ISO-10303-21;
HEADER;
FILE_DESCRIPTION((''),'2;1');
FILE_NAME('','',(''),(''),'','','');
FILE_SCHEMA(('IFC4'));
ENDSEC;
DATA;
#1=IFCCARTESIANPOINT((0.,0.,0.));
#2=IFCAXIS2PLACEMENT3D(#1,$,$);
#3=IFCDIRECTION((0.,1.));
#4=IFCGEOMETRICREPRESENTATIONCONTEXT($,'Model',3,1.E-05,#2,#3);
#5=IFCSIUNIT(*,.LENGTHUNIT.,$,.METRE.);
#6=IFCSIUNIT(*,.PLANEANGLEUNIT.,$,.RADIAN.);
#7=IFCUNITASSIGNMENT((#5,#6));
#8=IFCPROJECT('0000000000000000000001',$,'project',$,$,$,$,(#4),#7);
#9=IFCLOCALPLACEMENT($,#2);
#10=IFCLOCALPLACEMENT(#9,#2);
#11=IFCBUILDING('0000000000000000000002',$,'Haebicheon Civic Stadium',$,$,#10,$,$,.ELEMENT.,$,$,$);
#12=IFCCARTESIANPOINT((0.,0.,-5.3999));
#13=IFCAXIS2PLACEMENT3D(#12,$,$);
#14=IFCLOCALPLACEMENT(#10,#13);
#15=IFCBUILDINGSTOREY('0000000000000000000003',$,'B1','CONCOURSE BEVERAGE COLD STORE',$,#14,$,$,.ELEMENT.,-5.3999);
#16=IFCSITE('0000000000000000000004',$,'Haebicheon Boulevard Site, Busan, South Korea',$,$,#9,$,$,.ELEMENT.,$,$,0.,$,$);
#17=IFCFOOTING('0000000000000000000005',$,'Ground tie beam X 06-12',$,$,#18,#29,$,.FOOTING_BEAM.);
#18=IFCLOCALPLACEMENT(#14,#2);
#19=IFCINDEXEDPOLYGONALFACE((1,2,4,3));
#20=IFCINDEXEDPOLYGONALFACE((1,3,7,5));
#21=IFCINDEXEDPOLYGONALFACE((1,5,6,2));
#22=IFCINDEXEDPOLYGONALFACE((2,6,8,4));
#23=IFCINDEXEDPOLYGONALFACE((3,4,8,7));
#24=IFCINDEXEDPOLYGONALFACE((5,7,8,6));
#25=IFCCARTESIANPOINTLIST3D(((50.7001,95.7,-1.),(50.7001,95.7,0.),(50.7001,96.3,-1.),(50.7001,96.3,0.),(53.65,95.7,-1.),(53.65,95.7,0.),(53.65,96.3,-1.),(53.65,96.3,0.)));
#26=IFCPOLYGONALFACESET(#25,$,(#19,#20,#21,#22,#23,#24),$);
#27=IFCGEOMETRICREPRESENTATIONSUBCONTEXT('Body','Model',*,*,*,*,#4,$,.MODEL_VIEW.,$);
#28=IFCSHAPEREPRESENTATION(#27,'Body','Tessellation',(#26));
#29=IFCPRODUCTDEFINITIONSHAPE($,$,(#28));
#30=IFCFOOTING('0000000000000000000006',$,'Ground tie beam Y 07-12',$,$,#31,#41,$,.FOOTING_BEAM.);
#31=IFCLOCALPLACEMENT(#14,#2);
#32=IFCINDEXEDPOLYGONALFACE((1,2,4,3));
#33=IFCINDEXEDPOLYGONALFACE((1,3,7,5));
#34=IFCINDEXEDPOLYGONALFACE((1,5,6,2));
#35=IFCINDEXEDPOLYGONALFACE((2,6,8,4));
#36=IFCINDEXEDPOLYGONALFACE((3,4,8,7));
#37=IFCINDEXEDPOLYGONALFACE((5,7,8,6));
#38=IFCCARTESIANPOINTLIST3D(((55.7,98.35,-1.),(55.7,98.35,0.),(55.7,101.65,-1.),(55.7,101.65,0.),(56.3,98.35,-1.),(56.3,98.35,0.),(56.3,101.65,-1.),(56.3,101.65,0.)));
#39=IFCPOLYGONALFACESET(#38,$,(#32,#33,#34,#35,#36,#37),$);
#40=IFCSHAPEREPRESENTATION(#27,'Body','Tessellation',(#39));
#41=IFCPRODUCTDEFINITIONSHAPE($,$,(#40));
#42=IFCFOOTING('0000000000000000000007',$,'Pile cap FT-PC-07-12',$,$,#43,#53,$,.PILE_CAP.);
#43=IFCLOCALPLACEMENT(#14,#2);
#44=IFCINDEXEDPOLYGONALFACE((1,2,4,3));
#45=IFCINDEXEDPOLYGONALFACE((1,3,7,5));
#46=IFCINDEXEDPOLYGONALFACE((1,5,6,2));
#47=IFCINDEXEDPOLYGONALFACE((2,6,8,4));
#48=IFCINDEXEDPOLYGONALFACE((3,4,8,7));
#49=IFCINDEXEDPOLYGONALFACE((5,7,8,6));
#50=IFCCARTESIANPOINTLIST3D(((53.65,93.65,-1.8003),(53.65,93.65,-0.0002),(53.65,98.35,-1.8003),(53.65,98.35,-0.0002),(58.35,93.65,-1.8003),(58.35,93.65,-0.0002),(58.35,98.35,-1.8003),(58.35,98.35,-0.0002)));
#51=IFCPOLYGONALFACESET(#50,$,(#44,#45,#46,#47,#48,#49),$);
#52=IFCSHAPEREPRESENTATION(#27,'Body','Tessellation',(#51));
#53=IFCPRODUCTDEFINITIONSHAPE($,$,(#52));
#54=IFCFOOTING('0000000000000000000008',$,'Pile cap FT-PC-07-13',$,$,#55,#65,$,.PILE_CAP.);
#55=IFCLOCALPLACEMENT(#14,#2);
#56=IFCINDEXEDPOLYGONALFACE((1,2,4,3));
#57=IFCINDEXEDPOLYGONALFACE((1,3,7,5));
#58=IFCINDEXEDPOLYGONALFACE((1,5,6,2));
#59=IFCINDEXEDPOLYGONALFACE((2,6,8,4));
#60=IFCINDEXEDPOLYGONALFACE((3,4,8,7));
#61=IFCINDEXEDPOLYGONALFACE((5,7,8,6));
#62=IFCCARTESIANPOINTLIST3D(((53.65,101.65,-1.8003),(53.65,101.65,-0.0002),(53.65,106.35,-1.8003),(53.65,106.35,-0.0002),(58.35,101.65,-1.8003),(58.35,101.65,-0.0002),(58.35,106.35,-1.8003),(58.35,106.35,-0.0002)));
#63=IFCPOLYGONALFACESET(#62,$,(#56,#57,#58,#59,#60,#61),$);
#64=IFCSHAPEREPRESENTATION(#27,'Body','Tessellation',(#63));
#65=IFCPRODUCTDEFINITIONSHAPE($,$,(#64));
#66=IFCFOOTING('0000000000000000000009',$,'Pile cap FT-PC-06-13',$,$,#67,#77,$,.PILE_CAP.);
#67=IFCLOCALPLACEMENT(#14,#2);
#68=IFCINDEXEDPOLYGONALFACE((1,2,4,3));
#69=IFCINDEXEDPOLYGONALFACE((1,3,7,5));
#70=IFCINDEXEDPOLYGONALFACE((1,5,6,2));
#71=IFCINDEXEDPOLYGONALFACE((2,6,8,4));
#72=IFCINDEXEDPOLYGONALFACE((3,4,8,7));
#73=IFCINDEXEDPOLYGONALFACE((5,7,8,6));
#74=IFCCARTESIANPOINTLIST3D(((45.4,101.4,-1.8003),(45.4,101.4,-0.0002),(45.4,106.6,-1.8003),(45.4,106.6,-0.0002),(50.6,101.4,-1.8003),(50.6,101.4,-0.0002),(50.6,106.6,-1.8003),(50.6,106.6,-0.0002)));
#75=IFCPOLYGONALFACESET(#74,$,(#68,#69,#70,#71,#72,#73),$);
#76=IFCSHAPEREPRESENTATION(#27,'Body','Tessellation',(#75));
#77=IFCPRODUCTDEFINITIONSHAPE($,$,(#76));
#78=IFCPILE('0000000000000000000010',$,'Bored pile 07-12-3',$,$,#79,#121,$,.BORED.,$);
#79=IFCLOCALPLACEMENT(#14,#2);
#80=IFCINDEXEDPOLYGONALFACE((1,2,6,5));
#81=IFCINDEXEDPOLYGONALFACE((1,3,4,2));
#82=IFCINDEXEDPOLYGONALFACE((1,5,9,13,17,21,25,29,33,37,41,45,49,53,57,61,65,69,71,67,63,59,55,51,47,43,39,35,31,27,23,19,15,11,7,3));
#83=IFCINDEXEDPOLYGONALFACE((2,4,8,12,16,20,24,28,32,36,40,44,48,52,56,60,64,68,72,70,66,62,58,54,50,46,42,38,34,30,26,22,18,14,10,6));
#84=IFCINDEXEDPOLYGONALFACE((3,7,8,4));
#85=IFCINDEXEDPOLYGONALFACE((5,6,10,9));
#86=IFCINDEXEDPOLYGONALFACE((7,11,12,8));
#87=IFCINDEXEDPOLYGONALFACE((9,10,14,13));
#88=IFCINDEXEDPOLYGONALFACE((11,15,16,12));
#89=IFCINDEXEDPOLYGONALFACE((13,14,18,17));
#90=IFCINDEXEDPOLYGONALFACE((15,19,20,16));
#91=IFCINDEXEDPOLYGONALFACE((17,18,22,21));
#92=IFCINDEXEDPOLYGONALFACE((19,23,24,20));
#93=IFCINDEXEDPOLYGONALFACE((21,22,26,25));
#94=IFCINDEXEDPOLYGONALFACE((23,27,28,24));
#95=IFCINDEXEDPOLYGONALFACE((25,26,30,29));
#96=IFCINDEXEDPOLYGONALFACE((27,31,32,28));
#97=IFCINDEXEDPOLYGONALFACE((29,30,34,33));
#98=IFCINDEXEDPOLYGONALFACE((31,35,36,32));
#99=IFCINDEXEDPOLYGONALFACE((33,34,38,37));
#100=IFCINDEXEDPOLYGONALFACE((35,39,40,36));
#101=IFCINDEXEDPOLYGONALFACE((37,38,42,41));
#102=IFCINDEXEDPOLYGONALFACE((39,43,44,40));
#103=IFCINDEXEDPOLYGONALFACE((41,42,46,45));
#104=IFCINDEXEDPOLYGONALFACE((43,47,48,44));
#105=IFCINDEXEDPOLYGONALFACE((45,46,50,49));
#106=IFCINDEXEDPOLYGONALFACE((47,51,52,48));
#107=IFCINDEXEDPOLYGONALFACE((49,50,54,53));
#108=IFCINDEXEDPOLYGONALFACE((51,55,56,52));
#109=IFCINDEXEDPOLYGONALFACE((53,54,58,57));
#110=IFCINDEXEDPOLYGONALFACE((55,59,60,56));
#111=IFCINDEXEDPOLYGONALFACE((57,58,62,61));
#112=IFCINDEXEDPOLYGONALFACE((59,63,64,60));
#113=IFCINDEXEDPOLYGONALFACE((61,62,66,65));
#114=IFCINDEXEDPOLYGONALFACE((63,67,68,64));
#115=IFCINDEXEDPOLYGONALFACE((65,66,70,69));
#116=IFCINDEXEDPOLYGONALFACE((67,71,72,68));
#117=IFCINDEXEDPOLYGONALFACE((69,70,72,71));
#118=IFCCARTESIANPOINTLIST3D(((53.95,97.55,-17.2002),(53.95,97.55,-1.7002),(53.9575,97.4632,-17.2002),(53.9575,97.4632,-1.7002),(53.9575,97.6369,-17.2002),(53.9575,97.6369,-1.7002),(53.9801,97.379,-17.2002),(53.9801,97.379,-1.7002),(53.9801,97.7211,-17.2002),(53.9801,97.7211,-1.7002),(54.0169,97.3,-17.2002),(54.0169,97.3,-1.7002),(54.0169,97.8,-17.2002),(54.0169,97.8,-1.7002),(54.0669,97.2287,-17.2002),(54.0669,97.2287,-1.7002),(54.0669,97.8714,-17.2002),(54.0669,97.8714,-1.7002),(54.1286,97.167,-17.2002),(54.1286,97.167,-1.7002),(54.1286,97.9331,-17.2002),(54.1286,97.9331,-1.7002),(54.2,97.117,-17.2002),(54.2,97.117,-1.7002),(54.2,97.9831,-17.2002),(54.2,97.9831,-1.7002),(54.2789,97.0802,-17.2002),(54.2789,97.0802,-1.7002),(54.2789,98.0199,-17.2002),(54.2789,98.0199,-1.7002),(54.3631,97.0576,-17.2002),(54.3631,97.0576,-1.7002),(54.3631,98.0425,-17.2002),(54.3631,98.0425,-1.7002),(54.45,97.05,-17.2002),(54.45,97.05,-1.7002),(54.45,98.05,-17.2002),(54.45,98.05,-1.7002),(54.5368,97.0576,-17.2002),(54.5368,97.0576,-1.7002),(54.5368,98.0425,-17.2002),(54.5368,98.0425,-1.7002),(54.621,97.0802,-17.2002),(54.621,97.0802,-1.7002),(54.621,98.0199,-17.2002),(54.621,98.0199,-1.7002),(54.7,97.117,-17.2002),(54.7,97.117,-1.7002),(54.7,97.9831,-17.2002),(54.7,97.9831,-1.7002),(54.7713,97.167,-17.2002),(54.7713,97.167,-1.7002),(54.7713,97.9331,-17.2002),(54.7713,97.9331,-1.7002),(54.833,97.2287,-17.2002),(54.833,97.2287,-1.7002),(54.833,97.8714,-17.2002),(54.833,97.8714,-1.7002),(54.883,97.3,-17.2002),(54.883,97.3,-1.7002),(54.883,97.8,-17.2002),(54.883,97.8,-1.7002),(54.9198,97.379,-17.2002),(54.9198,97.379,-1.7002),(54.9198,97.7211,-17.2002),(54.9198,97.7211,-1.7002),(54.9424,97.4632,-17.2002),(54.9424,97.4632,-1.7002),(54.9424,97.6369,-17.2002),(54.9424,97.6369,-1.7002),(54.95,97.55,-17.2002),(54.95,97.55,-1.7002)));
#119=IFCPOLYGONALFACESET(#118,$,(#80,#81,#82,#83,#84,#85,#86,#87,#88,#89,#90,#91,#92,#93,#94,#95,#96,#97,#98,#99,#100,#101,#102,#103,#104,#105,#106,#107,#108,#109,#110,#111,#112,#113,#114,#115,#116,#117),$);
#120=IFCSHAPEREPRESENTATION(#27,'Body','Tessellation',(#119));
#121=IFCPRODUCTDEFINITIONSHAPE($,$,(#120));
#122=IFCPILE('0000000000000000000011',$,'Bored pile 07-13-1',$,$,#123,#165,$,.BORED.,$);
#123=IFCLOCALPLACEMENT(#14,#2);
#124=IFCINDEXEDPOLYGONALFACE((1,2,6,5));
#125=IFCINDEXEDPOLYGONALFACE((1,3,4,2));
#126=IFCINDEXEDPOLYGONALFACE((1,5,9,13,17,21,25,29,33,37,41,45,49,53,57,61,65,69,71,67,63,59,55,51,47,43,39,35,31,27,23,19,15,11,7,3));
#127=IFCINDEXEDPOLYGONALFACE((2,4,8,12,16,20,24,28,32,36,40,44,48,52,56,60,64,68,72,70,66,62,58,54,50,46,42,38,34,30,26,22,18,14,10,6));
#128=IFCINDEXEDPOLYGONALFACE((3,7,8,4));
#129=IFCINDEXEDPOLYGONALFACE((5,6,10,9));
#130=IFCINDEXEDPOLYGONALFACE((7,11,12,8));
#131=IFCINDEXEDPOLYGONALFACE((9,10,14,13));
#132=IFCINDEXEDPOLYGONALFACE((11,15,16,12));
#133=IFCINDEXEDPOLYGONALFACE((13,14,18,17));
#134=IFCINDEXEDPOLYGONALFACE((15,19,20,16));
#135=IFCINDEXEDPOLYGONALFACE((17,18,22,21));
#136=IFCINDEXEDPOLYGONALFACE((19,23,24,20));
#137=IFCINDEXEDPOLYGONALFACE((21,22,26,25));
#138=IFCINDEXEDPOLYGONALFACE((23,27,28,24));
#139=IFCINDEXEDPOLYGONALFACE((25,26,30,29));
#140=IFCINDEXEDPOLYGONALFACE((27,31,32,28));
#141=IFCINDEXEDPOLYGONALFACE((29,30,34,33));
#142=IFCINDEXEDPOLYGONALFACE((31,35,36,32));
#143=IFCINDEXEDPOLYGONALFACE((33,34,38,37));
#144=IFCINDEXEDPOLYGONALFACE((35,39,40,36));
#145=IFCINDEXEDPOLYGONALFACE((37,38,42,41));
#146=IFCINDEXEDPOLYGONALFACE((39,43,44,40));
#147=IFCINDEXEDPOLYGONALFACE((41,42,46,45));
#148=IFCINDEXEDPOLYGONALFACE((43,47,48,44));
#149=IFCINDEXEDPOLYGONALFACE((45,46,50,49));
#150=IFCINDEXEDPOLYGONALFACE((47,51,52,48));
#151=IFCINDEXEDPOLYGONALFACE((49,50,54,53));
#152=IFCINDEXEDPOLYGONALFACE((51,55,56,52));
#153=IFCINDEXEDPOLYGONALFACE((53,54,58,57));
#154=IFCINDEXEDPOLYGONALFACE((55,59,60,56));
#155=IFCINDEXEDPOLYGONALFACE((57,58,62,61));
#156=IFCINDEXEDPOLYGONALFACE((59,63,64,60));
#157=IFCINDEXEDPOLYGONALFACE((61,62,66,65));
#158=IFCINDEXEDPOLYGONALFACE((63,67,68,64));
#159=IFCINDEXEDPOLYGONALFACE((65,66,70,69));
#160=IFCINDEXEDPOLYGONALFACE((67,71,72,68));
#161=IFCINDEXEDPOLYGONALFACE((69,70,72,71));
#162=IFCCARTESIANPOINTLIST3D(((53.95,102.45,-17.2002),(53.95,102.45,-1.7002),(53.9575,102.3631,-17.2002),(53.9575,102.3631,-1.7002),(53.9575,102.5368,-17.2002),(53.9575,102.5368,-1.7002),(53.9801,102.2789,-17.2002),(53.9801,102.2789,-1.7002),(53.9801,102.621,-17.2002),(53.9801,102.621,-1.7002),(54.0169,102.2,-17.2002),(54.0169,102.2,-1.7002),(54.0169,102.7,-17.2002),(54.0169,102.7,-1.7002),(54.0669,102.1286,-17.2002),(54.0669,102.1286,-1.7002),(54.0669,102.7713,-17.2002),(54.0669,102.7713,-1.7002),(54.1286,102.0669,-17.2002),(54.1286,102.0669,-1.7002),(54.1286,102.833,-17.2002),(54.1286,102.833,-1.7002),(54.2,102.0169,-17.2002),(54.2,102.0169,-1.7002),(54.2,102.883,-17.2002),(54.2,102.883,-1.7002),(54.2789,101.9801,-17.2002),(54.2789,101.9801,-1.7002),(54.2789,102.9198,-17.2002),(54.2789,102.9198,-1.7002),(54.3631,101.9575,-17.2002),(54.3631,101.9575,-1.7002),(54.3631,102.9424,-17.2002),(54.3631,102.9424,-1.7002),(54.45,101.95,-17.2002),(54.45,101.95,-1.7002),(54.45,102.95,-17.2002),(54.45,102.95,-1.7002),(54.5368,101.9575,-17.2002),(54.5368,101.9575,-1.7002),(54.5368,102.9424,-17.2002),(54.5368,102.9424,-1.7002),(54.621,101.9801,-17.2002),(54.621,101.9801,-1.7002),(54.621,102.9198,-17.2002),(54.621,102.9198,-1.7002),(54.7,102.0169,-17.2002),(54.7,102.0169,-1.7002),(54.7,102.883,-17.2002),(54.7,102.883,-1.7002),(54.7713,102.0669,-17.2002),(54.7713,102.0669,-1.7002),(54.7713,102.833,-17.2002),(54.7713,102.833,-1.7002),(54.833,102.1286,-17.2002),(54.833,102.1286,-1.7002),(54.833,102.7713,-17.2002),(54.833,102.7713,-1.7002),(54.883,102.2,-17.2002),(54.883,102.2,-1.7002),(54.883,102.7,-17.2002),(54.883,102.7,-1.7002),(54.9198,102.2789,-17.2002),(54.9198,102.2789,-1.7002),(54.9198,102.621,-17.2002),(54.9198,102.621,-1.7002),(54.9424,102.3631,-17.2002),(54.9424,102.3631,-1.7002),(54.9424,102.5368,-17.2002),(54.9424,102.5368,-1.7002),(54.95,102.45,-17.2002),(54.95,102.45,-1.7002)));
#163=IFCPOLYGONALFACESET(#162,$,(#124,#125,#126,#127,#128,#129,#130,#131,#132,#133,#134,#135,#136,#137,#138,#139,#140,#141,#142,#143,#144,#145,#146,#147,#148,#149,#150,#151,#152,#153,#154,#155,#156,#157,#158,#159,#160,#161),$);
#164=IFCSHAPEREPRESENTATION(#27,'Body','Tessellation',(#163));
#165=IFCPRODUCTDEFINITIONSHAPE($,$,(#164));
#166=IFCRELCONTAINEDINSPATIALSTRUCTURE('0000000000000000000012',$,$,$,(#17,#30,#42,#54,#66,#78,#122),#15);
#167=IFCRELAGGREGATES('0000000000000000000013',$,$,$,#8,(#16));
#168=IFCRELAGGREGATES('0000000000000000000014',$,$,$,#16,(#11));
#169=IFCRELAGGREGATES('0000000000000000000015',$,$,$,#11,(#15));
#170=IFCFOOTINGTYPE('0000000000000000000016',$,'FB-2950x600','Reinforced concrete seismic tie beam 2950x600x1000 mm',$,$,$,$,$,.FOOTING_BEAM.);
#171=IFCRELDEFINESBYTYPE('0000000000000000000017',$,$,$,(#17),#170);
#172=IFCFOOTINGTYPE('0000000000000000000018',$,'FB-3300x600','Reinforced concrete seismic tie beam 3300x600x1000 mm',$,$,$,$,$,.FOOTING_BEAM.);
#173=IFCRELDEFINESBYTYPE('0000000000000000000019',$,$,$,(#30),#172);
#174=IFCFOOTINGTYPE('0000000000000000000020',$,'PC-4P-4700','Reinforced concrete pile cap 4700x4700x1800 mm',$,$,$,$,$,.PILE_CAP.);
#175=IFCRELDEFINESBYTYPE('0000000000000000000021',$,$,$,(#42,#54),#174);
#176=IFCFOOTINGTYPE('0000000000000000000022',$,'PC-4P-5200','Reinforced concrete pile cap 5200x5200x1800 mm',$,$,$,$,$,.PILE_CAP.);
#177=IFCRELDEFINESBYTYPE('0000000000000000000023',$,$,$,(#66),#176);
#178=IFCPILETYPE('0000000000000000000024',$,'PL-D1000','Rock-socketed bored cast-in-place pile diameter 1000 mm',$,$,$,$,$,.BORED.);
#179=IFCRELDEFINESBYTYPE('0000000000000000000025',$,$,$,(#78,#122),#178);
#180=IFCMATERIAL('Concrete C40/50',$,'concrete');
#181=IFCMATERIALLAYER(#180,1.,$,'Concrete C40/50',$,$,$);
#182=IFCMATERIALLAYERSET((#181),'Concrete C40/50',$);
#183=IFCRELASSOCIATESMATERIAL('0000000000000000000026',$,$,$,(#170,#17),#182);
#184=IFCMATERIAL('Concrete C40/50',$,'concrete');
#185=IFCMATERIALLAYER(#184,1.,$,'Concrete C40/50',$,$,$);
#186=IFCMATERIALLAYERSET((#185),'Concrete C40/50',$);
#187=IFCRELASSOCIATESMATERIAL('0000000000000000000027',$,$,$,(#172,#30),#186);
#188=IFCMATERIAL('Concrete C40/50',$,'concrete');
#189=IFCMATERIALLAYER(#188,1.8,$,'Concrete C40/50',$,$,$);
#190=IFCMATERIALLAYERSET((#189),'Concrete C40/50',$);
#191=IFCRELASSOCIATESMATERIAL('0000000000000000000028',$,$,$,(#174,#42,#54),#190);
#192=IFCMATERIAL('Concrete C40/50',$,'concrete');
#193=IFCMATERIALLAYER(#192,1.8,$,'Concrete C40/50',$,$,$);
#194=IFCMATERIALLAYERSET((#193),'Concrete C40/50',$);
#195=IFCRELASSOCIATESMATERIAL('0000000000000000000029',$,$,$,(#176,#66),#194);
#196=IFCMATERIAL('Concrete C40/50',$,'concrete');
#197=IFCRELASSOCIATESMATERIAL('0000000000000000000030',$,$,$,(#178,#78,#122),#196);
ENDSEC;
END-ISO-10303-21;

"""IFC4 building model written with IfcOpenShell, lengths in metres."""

from ifc_helpers import new_model, si_unit, direction, frame, origin, origin_2d, place, context, subcontext, project, spatial, rectangle, circle, extrude, material, layer, layer_set, material_profile, profile_set, type_object, element, save


model = new_model("IFC4")

# Units and contexts
model_context = context("Model", 3, precision=1e-05, world=origin(), true_north=direction((0.0, 1.0)))
body_context = subcontext(model_context, "Body", "Model", "MODEL_VIEW")
ifc_project = project(units=[si_unit("LENGTHUNIT", "METRE"), si_unit("PLANEANGLEUNIT", "RADIAN")], contexts=[model_context])

# Site, building, storey
site_placement = place(None, origin())
site = spatial("IfcSite", under=ifc_project, at=site_placement, Name="Haebicheon Boulevard Site, Busan, South Korea", CompositionType="ELEMENT", RefElevation=0.0)
building_placement = place(site_placement, origin())
building = spatial("IfcBuilding", under=site, at=building_placement, Name="Haebicheon Civic Stadium", CompositionType="ELEMENT")
storey_placement = place(building_placement, frame((0.0, 0.0, -5.3999)))
storey = spatial("IfcBuildingStorey", under=building, at=storey_placement, Name="B1", Description="CONCOURSE BEVERAGE COLD STORE", CompositionType="ELEMENT", Elevation=-5.3999)

# Footings
ifc_material_1 = material(Name="Concrete C40/50", Category="concrete")
ifc_layer_1 = layer(ifc_material_1, 1.0, Name="Concrete C40/50")
ifc_layer_set_1 = layer_set([ifc_layer_1], Name="Concrete C40/50")
footing_type_1 = type_object("IfcFootingType", Name="FB-2950x600", Description="Reinforced concrete seismic tie beam 2950x600x1000 mm", PredefinedType="FOOTING_BEAM", material=ifc_layer_set_1)
footing_1_placement = place(storey_placement, frame((52.175, 96.0, -1.0), z_axis=(0.0, 0.0, 1.0), x_axis=(1.0, 0.0, 0.0)))
element("IfcFooting", 1, at=footing_1_placement, inside=storey, type_object=footing_type_1, material=ifc_layer_set_1, Name="Ground tie beam X 06-12", PredefinedType="FOOTING_BEAM", context=body_context, shape_type="SweptSolid", body=[
    extrude(rectangle(XDim=2.95, YDim=0.6001, at=origin_2d()), origin(), (0.0, 0.0, 1.0), 1.0),
])
ifc_material_2 = material(Name="Concrete C40/50", Category="concrete")
ifc_layer_2 = layer(ifc_material_2, 1.0, Name="Concrete C40/50")
ifc_layer_set_2 = layer_set([ifc_layer_2], Name="Concrete C40/50")
footing_type_2 = type_object("IfcFootingType", Name="FB-3300x600", Description="Reinforced concrete seismic tie beam 3300x600x1000 mm", PredefinedType="FOOTING_BEAM", material=ifc_layer_set_2)
footing_2_placement = place(storey_placement, frame((56.0, 100.0, -1.0), z_axis=(0.0, 0.0, 1.0), x_axis=(0.0, 1.0, 0.0)))
element("IfcFooting", 2, at=footing_2_placement, inside=storey, type_object=footing_type_2, material=ifc_layer_set_2, Name="Ground tie beam Y 07-12", PredefinedType="FOOTING_BEAM", context=body_context, shape_type="SweptSolid", body=[
    extrude(rectangle(XDim=3.3, YDim=0.6001, at=origin_2d()), origin(), (0.0, 0.0, 1.0), 1.0),
])
ifc_material_3 = material(Name="Concrete C40/50", Category="concrete")
ifc_layer_3 = layer(ifc_material_3, 1.8, Name="Concrete C40/50")
ifc_layer_set_3 = layer_set([ifc_layer_3], Name="Concrete C40/50")
footing_type_3 = type_object("IfcFootingType", Name="PC-4P-4700", Description="Reinforced concrete pile cap 4700x4700x1800 mm", PredefinedType="PILE_CAP", material=ifc_layer_set_3)
for number, where, z_axis, x_axis, name in (
    (3, (56.0, 96.0, -1.8003), (0.0, 0.0, 1.0), (1.0, 0.0, 0.0), "Pile cap FT-PC-07-12"),
    (4, (56.0, 104.0, -1.8003), (0.0, 0.0, 1.0), (1.0, 0.0, 0.0), "Pile cap FT-PC-07-13"),
):
    element("IfcFooting", number, at=place(storey_placement, frame(where, z_axis=z_axis, x_axis=x_axis)), inside=storey, type_object=footing_type_3, material=ifc_layer_set_3, Name=name, PredefinedType="PILE_CAP", context=body_context, shape_type="SweptSolid", body=[
        extrude(rectangle(XDim=4.7, YDim=4.7, at=origin_2d()), origin(), (0.0, 0.0, 1.0), 1.8),
    ])
ifc_material_4 = material(Name="Concrete C40/50", Category="concrete")
ifc_layer_4 = layer(ifc_material_4, 1.8, Name="Concrete C40/50")
ifc_layer_set_4 = layer_set([ifc_layer_4], Name="Concrete C40/50")
footing_type_4 = type_object("IfcFootingType", Name="PC-4P-5200", Description="Reinforced concrete pile cap 5200x5200x1800 mm", PredefinedType="PILE_CAP", material=ifc_layer_set_4)
footing_3_placement = place(storey_placement, frame((48.0, 104.0, -1.8003), z_axis=(0.0, 0.0, 1.0), x_axis=(1.0, 0.0, 0.0)))
element("IfcFooting", 5, at=footing_3_placement, inside=storey, type_object=footing_type_4, material=ifc_layer_set_4, Name="Pile cap FT-PC-06-13", PredefinedType="PILE_CAP", context=body_context, shape_type="SweptSolid", body=[
    extrude(rectangle(XDim=5.2, YDim=5.2, at=origin_2d()), origin(), (0.0, 0.0, 1.0), 1.8),
])

# Piles
ifc_material_5 = material(Name="Concrete C40/50", Category="concrete")
ifc_material_profile_1 = material_profile(ifc_material_5, circle(Radius=0.5, at=origin_2d()), Name="PILE-D1000")
ifc_profile_set_1 = profile_set([ifc_material_profile_1], Name="Concrete C40/50")
pile_type_1 = type_object("IfcPileType", Name="PL-D1000", Description="Rock-socketed bored cast-in-place pile diameter 1000 mm", PredefinedType="BORED", material=ifc_profile_set_1)
for number, where, z_axis, x_axis, name in (
    (6, (54.45, 97.55, -1.7002), (0.0, 0.0, -1.0), (1.0, 0.0, 0.0), "Bored pile 07-12-3"),
    (7, (54.45, 102.45, -1.7002), (0.0, 0.0, -1.0), (1.0, 0.0, 0.0), "Bored pile 07-13-1"),
):
    element("IfcPile", number, at=place(storey_placement, frame(where, z_axis=z_axis, x_axis=x_axis)), inside=storey, type_object=pile_type_1, material=ifc_profile_set_1, Name=name, PredefinedType="BORED", context=body_context, shape_type="SweptSolid", body=[
        extrude(circle(Radius=0.5, at=origin_2d()), origin(), (0.0, 0.0, 1.0), 15.5),
    ])

save(model, "model.ifc")
